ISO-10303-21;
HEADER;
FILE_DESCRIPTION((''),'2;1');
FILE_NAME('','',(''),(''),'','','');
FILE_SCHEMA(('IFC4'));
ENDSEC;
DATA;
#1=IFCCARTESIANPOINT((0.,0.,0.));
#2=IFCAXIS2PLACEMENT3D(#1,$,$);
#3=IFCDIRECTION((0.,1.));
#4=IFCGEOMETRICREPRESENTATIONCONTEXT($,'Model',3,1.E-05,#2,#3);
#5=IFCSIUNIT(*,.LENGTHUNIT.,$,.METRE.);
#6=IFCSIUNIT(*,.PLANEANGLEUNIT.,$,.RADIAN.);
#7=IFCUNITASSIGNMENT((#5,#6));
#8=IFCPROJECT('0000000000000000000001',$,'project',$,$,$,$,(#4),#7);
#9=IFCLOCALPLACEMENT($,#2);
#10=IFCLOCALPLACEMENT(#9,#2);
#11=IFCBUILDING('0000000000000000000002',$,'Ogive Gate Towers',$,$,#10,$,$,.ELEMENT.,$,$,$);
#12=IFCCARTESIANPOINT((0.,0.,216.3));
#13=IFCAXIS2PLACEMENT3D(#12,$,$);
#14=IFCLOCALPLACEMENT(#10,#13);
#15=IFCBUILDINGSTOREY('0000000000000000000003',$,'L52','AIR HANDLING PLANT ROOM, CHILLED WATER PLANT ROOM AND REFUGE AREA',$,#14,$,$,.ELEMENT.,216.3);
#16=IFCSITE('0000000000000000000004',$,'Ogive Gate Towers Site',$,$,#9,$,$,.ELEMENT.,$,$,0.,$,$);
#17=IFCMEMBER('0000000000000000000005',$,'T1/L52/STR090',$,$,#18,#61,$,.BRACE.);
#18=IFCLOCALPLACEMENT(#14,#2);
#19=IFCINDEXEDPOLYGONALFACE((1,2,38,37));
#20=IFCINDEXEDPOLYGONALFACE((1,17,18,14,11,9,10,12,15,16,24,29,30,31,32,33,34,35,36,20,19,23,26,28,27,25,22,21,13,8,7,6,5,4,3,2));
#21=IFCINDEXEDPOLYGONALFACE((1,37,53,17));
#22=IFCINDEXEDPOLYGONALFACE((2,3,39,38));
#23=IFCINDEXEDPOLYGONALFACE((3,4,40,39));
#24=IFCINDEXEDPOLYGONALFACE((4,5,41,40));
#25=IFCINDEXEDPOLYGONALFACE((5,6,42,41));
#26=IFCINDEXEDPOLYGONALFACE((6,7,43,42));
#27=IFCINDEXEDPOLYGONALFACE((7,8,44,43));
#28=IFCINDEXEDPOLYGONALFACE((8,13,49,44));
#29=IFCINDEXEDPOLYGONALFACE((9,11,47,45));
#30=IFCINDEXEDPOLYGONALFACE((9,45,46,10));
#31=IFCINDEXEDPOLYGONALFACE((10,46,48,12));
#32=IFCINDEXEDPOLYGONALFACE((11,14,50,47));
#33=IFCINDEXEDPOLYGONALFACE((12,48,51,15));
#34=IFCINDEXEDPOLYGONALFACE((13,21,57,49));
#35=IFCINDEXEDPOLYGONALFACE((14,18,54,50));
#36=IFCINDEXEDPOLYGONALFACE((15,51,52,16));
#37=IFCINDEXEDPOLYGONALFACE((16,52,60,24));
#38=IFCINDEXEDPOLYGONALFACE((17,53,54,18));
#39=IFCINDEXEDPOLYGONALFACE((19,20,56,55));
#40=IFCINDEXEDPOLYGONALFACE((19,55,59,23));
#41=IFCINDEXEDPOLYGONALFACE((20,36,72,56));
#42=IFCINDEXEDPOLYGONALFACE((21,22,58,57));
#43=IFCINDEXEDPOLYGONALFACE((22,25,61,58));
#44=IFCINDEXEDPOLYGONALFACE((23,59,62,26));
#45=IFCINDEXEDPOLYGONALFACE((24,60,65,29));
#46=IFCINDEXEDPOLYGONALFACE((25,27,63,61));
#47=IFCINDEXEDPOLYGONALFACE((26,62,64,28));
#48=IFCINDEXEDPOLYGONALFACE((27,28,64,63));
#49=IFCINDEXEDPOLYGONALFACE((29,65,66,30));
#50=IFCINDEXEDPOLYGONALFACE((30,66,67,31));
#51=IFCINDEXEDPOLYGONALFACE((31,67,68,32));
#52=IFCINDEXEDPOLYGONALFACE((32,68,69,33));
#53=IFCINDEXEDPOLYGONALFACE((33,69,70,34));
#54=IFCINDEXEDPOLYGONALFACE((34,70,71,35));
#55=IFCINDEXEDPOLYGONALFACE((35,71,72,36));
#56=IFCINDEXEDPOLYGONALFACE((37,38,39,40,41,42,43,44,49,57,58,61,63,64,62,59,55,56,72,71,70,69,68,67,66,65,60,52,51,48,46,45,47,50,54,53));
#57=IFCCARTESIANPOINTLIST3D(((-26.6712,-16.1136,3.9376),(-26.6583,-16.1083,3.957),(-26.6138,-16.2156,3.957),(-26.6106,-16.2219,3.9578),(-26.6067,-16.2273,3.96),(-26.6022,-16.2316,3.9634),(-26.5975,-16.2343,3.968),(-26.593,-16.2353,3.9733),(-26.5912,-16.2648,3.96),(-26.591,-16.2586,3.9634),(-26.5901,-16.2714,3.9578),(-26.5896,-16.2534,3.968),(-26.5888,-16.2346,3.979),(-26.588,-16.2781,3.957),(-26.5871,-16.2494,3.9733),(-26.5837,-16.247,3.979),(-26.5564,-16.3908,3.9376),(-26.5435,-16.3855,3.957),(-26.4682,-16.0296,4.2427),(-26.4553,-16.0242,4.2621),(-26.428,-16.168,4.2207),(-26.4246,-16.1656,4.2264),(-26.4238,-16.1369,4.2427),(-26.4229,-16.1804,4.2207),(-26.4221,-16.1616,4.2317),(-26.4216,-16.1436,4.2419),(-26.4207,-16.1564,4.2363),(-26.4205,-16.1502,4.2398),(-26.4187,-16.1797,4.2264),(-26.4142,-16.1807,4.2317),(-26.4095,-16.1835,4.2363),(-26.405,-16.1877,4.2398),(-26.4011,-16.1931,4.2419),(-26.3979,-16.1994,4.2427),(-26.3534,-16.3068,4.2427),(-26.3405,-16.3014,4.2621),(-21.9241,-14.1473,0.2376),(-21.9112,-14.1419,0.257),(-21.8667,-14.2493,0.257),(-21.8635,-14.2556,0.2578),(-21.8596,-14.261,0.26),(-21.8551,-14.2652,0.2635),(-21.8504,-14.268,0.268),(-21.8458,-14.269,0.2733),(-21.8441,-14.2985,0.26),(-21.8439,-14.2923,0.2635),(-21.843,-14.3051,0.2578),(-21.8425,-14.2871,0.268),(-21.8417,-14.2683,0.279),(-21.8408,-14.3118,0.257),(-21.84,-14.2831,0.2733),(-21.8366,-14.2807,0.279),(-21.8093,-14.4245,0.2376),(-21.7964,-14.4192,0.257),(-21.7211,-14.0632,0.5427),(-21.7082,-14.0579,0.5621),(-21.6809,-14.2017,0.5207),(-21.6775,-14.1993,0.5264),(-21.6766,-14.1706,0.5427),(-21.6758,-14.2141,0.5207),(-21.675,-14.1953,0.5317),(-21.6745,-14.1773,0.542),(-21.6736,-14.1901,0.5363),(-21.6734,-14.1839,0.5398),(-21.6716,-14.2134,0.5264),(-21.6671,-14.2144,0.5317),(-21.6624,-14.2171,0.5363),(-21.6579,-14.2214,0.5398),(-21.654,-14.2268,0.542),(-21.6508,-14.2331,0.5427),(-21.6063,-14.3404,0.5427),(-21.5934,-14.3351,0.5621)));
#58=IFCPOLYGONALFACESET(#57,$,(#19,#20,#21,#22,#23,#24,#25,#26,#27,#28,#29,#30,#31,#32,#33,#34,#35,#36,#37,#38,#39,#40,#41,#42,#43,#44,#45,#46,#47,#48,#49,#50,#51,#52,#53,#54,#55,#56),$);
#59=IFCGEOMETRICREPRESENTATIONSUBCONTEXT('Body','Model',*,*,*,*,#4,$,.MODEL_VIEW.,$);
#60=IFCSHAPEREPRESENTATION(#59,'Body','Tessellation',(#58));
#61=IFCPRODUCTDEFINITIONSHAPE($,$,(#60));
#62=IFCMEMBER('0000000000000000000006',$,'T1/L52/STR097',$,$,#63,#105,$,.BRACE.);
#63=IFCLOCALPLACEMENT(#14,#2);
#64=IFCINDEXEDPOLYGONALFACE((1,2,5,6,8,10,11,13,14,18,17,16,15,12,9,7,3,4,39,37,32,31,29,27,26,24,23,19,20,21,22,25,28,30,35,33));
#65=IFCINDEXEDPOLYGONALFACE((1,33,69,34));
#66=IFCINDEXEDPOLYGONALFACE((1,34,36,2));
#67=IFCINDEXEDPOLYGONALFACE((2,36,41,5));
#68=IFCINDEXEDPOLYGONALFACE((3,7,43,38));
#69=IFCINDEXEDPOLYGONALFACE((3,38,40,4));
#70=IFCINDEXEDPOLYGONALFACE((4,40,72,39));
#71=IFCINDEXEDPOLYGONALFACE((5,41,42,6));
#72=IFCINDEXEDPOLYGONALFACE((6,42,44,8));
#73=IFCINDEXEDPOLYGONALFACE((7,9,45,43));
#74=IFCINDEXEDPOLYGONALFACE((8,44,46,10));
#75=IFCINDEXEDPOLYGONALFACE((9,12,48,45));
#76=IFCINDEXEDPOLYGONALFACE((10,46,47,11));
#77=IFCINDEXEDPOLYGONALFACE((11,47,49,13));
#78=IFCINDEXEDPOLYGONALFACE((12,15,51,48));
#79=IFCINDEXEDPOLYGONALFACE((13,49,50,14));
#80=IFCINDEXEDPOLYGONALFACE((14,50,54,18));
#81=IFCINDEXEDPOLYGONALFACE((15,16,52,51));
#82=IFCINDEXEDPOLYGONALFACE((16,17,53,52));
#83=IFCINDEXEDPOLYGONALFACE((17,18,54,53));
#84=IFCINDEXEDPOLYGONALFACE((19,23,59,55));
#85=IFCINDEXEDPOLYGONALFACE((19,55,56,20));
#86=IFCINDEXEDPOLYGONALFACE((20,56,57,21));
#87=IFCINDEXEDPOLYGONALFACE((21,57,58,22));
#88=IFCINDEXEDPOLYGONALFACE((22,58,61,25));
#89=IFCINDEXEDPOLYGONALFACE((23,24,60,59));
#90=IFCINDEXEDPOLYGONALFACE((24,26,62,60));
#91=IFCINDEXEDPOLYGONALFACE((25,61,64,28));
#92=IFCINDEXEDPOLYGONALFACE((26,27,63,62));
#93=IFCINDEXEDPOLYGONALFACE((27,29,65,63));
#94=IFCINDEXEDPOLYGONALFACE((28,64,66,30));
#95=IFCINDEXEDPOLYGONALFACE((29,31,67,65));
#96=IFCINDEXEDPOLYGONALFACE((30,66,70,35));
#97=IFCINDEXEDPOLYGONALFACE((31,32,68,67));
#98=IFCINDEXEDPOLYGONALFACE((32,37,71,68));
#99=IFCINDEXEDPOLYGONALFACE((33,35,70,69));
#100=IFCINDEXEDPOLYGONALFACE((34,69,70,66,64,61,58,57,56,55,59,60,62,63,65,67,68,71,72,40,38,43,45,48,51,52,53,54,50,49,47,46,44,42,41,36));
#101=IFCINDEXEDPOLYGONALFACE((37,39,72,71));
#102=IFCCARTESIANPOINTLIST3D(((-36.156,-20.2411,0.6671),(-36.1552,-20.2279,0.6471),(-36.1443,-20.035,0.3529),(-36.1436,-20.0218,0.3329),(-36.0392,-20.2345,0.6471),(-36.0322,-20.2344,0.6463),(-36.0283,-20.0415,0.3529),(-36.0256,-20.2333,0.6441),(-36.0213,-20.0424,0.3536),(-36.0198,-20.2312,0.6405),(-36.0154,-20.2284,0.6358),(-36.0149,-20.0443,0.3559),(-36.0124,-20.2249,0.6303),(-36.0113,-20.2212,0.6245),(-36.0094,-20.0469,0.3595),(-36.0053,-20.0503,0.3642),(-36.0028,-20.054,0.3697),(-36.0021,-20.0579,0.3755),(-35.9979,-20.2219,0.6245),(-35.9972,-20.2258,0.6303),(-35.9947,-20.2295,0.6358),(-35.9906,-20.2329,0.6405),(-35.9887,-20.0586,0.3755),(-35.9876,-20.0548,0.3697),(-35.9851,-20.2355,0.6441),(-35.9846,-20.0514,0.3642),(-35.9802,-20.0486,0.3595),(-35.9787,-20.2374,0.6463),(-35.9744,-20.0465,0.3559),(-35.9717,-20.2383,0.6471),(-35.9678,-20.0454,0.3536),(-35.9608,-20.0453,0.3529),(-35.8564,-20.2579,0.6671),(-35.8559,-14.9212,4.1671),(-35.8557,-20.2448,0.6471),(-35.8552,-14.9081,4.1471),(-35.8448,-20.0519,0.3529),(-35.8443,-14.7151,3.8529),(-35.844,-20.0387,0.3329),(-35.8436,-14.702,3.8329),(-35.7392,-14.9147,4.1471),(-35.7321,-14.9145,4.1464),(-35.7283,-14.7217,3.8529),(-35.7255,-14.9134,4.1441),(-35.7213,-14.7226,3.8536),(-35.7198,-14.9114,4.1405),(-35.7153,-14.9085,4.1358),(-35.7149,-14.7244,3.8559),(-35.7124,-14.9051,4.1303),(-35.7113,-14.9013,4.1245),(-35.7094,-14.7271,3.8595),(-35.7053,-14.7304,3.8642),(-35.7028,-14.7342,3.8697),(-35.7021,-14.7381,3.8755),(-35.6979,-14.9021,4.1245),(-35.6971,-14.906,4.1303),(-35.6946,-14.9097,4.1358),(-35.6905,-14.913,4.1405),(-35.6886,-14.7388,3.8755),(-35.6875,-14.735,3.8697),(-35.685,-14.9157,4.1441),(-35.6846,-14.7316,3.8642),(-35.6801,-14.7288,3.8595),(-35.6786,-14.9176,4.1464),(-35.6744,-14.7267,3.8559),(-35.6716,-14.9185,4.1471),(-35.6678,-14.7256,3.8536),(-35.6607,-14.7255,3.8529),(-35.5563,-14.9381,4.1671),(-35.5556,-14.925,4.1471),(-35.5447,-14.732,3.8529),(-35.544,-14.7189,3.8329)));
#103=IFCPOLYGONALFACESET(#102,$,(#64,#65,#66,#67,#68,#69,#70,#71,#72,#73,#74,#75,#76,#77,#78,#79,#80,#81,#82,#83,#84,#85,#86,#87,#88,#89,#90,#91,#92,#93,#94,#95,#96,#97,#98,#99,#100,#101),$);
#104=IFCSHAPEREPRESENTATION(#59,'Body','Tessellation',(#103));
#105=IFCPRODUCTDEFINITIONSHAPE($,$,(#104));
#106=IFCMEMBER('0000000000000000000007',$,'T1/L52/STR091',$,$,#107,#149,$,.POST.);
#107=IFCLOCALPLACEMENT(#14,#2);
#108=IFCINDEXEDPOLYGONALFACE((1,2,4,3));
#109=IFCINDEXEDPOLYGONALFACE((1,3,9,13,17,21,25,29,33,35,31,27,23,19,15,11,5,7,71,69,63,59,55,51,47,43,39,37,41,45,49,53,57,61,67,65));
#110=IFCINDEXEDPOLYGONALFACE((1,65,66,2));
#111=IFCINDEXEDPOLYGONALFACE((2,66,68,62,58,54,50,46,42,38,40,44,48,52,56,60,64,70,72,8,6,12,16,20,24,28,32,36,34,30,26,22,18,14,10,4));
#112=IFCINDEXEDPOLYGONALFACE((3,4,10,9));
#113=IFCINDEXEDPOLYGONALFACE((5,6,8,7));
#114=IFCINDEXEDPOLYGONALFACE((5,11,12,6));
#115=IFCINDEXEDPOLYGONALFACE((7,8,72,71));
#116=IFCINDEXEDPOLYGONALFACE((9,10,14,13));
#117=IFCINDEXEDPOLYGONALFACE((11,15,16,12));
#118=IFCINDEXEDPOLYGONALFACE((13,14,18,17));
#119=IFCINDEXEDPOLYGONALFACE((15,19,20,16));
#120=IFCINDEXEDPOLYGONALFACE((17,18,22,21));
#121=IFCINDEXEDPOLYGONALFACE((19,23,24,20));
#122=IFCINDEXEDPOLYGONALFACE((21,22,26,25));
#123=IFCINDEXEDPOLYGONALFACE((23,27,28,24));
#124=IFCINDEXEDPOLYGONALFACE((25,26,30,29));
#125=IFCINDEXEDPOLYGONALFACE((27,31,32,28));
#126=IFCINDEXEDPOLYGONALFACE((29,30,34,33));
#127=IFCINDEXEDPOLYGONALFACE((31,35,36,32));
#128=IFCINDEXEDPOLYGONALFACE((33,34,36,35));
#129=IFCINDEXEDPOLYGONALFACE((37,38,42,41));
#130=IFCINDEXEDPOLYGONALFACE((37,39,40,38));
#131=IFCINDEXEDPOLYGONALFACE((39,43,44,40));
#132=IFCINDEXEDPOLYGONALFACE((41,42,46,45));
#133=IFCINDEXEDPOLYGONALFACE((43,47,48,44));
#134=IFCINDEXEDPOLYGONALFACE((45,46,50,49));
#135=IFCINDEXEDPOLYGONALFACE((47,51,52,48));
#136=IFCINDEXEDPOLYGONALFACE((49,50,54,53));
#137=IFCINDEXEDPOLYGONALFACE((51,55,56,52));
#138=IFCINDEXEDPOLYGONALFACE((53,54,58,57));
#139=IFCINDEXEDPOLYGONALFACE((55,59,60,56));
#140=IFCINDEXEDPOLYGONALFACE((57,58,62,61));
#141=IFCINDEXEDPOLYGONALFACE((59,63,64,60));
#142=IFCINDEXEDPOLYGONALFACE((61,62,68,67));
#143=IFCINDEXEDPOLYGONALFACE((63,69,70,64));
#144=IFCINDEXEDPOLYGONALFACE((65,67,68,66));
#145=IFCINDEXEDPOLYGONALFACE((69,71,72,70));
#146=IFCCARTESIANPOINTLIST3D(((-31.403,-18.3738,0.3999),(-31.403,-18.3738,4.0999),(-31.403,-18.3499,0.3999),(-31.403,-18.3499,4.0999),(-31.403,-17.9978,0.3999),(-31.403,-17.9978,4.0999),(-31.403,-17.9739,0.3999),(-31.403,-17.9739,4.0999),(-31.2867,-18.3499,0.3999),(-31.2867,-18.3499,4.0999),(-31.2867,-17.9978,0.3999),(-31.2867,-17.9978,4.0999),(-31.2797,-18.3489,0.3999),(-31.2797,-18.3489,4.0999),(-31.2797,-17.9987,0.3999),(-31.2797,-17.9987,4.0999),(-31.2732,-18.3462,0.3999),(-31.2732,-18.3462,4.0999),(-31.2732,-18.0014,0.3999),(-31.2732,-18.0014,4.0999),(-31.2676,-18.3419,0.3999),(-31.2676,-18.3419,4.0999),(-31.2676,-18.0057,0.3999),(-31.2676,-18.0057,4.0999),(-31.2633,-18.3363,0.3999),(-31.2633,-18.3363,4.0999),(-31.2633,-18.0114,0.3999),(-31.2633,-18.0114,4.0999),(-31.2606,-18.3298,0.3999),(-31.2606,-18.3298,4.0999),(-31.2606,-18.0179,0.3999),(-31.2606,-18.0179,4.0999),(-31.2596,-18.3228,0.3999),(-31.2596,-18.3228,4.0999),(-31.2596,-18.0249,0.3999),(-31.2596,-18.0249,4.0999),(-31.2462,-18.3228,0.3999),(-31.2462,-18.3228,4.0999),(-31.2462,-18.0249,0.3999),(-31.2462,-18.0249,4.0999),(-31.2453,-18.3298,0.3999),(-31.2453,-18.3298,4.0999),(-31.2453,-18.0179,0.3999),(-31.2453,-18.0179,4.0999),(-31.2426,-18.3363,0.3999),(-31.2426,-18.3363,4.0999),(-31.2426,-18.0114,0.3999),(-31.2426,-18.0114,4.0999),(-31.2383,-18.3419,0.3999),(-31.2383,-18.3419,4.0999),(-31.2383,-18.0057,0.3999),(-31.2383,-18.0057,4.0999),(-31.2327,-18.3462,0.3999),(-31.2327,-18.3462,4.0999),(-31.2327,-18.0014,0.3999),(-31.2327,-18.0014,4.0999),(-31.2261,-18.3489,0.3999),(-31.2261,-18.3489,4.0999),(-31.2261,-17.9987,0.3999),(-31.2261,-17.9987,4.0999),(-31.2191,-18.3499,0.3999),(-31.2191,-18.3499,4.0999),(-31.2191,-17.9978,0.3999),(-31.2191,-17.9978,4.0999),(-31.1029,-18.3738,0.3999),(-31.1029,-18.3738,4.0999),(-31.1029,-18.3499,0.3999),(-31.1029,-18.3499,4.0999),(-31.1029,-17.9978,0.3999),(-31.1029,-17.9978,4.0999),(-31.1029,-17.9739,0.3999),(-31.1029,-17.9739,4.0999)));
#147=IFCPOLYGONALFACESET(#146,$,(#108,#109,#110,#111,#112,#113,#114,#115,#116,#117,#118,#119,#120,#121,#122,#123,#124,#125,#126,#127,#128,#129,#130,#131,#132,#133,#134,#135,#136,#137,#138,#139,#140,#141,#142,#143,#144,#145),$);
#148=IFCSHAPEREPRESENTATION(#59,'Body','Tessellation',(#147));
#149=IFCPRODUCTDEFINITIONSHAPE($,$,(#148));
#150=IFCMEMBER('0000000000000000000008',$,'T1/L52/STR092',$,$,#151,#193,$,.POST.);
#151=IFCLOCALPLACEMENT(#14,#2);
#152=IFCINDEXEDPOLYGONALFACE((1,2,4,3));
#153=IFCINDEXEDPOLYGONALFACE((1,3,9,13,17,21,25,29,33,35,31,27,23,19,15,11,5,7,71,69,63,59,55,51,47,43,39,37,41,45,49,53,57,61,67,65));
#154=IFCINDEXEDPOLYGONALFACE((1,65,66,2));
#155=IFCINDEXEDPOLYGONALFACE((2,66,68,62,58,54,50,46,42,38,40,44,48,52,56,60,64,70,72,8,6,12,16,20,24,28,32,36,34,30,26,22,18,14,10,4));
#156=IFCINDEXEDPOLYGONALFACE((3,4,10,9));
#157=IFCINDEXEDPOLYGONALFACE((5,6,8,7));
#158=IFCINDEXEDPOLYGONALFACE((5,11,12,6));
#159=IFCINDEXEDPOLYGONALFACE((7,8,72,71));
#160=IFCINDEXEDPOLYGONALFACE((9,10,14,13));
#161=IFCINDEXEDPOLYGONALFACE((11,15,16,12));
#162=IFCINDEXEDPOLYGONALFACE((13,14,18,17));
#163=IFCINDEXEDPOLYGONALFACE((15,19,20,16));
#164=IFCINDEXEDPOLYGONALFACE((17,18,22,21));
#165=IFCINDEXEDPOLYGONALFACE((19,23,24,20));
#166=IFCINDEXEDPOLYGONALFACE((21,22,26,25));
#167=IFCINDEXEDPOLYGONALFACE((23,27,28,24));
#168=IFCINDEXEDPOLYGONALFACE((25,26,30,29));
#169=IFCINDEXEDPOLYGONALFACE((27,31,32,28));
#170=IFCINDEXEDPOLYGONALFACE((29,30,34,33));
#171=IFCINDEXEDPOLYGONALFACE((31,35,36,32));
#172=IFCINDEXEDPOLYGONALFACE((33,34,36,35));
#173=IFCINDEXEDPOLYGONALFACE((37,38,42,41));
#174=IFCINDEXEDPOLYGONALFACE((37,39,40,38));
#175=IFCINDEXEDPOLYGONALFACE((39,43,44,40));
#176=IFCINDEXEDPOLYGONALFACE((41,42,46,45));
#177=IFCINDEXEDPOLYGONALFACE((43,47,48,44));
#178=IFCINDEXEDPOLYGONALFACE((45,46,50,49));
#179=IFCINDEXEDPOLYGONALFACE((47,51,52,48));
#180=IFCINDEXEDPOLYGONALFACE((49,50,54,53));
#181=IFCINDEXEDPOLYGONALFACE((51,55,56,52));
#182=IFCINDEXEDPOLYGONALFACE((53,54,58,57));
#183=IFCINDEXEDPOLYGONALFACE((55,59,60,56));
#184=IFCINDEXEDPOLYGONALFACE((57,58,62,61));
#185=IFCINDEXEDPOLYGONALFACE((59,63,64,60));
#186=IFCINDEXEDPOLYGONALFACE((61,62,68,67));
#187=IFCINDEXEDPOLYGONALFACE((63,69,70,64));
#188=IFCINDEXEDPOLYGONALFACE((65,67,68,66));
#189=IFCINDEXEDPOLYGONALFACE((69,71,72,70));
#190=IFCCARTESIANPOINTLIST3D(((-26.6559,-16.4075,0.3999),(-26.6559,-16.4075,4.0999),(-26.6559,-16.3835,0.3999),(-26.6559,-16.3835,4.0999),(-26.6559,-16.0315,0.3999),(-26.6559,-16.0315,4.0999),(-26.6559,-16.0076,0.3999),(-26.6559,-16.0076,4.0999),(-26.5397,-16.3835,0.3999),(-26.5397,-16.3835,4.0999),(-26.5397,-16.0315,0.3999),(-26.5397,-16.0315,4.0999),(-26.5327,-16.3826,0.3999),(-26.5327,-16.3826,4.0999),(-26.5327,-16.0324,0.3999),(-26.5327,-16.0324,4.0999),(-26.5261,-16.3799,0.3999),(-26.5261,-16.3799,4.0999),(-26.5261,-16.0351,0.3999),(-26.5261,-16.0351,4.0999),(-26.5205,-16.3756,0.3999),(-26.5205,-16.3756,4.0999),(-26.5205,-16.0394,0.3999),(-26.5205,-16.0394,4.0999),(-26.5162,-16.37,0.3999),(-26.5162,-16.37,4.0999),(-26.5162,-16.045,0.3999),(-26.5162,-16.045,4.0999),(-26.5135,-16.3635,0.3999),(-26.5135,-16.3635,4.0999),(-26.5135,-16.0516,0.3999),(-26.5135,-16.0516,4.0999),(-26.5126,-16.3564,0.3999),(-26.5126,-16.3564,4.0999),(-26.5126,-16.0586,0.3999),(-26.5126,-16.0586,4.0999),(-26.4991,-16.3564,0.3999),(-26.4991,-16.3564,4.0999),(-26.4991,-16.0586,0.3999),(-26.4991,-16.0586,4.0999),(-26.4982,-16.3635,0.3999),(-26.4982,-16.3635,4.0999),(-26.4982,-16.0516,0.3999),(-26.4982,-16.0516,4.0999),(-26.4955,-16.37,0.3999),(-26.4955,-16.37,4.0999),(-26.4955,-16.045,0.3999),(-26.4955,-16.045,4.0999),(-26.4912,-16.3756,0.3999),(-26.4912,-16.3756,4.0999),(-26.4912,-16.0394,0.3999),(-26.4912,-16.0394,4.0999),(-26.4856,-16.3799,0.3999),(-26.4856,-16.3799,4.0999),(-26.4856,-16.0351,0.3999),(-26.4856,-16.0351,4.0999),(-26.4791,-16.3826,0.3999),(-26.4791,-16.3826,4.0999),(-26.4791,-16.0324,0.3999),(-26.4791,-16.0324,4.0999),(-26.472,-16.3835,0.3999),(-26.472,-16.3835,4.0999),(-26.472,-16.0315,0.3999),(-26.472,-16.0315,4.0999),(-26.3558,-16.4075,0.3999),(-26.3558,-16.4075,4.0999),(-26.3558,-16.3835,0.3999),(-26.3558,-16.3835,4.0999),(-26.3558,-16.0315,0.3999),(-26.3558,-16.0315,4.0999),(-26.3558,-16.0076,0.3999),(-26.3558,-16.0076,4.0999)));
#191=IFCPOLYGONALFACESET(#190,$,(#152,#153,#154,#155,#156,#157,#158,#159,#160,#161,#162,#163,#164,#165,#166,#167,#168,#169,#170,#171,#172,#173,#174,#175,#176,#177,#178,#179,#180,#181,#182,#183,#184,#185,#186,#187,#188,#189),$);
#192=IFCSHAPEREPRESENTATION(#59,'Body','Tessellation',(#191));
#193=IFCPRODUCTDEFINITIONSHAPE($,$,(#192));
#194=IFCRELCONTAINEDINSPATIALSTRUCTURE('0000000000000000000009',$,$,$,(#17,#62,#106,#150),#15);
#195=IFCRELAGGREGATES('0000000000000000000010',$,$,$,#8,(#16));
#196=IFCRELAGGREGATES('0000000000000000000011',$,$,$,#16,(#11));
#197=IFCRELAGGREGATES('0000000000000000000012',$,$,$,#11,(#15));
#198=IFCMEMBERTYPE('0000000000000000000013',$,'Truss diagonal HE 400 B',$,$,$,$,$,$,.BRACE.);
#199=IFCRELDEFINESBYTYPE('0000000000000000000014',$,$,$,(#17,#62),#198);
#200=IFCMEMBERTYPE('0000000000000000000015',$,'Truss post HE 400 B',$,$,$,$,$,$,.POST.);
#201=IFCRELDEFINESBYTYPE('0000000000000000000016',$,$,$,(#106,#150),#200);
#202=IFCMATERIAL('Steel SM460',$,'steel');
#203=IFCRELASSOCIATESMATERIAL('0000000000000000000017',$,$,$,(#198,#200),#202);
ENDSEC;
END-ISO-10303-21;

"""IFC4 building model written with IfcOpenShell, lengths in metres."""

from ifc_helpers import new_model, si_unit, direction, frame, origin, origin_2d, place, context, subcontext, project, spatial, i_section, extrude, material, material_profile, profile_set, type_object, element, save


model = new_model("IFC4")

# Units and contexts
model_context = context("Model", 3, precision=1e-05, world=origin(), true_north=direction((0.0, 1.0)))
body_context = subcontext(model_context, "Body", "Model", "MODEL_VIEW")
ifc_project = project(units=[si_unit("LENGTHUNIT", "METRE"), si_unit("PLANEANGLEUNIT", "RADIAN")], contexts=[model_context])

# Site, building, storey
site_placement = place(None, origin())
site = spatial("IfcSite", under=ifc_project, at=site_placement, Name="Ogive Gate Towers Site", CompositionType="ELEMENT", RefElevation=0.0)
building_placement = place(site_placement, origin())
building = spatial("IfcBuilding", under=site, at=building_placement, Name="Ogive Gate Towers", CompositionType="ELEMENT")
storey_placement = place(building_placement, frame((0.0, 0.0, 216.3)))
storey = spatial("IfcBuildingStorey", under=building, at=storey_placement, Name="L52", Description="AIR HANDLING PLANT ROOM, CHILLED WATER PLANT ROOM AND REFUGE AREA", CompositionType="ELEMENT", Elevation=216.3)

# Shared definitions
ifc_material_1 = material(Name="Steel SM460", Category="steel")

# Members
ifc_material_profile_1 = material_profile(ifc_material_1, i_section(OverallWidth=0.3, OverallDepth=0.3999, WebThickness=0.0134, FlangeThickness=0.0239, FilletRadius=0.0271, at=origin_2d()), Name="HE 400 B")
ifc_profile_set_1 = profile_set([ifc_material_profile_1], Name="Steel SM460")
member_type_1 = type_object("IfcMemberType", Name="Truss diagonal HE 400 B", PredefinedType="BRACE", material=ifc_profile_set_1)
for number, where, z_axis, x_axis, name in (
    (1, (-26.5059, -16.2075, 4.0999), (0.749728, 0.310549, -0.584352), (-0.382685, 0.923879, 0.0), "T1/L52/STR090"),
):
    element("IfcMember", number, at=place(storey_placement, frame(where, z_axis=z_axis, x_axis=x_axis)), inside=storey, type_object=member_type_1, Name=name, PredefinedType="BRACE", context=body_context, shape_type="SweptSolid", body=[
        extrude(i_section(OverallWidth=0.3, OverallDepth=0.3999, WebThickness=0.0134, FlangeThickness=0.0239, FilletRadius=0.0271, at=origin_2d()), origin(), (0.0, 0.0, 1.0), 6.3318),
    ])
member_1_placement = place(storey_placement, frame((-35.7, -14.8201, 4.0), z_axis=(-0.047067, -0.834483, -0.54902), x_axis=(0.998413, -0.056313, 0.0)))
element("IfcMember", 2, at=member_1_placement, inside=storey, type_object=member_type_1, Name="T1/L52/STR097", PredefinedType="BRACE", context=body_context, shape_type="SweptSolid", body=[
    extrude(i_section(OverallWidth=0.3, OverallDepth=0.3999, WebThickness=0.0134, FlangeThickness=0.0239, FilletRadius=0.0271, at=origin_2d()), origin(), (0.0, 0.0, 1.0), 6.375),
])
ifc_material_profile_2 = material_profile(ifc_material_1, i_section(OverallWidth=0.3, OverallDepth=0.3999, WebThickness=0.0134, FlangeThickness=0.0239, FilletRadius=0.0271, at=origin_2d()), Name="HE 400 B")
ifc_profile_set_2 = profile_set([ifc_material_profile_2], Name="Steel SM460")
member_type_2 = type_object("IfcMemberType", Name="Truss post HE 400 B", PredefinedType="POST", material=ifc_profile_set_2)
for number, where, z_axis, x_axis, name in (
    (3, (-31.2529, -18.1738, 0.3999), (0.0, 0.0, 1.0), (1.0, 0.0, 0.0), "T1/L52/STR091"),
    (4, (-26.5059, -16.2075, 0.3999), (0.0, 0.0, 1.0), (1.0, 0.0, 0.0), "T1/L52/STR092"),
):
    element("IfcMember", number, at=place(storey_placement, frame(where, z_axis=z_axis, x_axis=x_axis)), inside=storey, type_object=member_type_2, Name=name, PredefinedType="POST", context=body_context, shape_type="SweptSolid", body=[
        extrude(i_section(OverallWidth=0.3, OverallDepth=0.3999, WebThickness=0.0134, FlangeThickness=0.0239, FilletRadius=0.0271, at=origin_2d()), origin(), (0.0, 0.0, 1.0), 3.7),
    ])

save(model, "model.ifc")
